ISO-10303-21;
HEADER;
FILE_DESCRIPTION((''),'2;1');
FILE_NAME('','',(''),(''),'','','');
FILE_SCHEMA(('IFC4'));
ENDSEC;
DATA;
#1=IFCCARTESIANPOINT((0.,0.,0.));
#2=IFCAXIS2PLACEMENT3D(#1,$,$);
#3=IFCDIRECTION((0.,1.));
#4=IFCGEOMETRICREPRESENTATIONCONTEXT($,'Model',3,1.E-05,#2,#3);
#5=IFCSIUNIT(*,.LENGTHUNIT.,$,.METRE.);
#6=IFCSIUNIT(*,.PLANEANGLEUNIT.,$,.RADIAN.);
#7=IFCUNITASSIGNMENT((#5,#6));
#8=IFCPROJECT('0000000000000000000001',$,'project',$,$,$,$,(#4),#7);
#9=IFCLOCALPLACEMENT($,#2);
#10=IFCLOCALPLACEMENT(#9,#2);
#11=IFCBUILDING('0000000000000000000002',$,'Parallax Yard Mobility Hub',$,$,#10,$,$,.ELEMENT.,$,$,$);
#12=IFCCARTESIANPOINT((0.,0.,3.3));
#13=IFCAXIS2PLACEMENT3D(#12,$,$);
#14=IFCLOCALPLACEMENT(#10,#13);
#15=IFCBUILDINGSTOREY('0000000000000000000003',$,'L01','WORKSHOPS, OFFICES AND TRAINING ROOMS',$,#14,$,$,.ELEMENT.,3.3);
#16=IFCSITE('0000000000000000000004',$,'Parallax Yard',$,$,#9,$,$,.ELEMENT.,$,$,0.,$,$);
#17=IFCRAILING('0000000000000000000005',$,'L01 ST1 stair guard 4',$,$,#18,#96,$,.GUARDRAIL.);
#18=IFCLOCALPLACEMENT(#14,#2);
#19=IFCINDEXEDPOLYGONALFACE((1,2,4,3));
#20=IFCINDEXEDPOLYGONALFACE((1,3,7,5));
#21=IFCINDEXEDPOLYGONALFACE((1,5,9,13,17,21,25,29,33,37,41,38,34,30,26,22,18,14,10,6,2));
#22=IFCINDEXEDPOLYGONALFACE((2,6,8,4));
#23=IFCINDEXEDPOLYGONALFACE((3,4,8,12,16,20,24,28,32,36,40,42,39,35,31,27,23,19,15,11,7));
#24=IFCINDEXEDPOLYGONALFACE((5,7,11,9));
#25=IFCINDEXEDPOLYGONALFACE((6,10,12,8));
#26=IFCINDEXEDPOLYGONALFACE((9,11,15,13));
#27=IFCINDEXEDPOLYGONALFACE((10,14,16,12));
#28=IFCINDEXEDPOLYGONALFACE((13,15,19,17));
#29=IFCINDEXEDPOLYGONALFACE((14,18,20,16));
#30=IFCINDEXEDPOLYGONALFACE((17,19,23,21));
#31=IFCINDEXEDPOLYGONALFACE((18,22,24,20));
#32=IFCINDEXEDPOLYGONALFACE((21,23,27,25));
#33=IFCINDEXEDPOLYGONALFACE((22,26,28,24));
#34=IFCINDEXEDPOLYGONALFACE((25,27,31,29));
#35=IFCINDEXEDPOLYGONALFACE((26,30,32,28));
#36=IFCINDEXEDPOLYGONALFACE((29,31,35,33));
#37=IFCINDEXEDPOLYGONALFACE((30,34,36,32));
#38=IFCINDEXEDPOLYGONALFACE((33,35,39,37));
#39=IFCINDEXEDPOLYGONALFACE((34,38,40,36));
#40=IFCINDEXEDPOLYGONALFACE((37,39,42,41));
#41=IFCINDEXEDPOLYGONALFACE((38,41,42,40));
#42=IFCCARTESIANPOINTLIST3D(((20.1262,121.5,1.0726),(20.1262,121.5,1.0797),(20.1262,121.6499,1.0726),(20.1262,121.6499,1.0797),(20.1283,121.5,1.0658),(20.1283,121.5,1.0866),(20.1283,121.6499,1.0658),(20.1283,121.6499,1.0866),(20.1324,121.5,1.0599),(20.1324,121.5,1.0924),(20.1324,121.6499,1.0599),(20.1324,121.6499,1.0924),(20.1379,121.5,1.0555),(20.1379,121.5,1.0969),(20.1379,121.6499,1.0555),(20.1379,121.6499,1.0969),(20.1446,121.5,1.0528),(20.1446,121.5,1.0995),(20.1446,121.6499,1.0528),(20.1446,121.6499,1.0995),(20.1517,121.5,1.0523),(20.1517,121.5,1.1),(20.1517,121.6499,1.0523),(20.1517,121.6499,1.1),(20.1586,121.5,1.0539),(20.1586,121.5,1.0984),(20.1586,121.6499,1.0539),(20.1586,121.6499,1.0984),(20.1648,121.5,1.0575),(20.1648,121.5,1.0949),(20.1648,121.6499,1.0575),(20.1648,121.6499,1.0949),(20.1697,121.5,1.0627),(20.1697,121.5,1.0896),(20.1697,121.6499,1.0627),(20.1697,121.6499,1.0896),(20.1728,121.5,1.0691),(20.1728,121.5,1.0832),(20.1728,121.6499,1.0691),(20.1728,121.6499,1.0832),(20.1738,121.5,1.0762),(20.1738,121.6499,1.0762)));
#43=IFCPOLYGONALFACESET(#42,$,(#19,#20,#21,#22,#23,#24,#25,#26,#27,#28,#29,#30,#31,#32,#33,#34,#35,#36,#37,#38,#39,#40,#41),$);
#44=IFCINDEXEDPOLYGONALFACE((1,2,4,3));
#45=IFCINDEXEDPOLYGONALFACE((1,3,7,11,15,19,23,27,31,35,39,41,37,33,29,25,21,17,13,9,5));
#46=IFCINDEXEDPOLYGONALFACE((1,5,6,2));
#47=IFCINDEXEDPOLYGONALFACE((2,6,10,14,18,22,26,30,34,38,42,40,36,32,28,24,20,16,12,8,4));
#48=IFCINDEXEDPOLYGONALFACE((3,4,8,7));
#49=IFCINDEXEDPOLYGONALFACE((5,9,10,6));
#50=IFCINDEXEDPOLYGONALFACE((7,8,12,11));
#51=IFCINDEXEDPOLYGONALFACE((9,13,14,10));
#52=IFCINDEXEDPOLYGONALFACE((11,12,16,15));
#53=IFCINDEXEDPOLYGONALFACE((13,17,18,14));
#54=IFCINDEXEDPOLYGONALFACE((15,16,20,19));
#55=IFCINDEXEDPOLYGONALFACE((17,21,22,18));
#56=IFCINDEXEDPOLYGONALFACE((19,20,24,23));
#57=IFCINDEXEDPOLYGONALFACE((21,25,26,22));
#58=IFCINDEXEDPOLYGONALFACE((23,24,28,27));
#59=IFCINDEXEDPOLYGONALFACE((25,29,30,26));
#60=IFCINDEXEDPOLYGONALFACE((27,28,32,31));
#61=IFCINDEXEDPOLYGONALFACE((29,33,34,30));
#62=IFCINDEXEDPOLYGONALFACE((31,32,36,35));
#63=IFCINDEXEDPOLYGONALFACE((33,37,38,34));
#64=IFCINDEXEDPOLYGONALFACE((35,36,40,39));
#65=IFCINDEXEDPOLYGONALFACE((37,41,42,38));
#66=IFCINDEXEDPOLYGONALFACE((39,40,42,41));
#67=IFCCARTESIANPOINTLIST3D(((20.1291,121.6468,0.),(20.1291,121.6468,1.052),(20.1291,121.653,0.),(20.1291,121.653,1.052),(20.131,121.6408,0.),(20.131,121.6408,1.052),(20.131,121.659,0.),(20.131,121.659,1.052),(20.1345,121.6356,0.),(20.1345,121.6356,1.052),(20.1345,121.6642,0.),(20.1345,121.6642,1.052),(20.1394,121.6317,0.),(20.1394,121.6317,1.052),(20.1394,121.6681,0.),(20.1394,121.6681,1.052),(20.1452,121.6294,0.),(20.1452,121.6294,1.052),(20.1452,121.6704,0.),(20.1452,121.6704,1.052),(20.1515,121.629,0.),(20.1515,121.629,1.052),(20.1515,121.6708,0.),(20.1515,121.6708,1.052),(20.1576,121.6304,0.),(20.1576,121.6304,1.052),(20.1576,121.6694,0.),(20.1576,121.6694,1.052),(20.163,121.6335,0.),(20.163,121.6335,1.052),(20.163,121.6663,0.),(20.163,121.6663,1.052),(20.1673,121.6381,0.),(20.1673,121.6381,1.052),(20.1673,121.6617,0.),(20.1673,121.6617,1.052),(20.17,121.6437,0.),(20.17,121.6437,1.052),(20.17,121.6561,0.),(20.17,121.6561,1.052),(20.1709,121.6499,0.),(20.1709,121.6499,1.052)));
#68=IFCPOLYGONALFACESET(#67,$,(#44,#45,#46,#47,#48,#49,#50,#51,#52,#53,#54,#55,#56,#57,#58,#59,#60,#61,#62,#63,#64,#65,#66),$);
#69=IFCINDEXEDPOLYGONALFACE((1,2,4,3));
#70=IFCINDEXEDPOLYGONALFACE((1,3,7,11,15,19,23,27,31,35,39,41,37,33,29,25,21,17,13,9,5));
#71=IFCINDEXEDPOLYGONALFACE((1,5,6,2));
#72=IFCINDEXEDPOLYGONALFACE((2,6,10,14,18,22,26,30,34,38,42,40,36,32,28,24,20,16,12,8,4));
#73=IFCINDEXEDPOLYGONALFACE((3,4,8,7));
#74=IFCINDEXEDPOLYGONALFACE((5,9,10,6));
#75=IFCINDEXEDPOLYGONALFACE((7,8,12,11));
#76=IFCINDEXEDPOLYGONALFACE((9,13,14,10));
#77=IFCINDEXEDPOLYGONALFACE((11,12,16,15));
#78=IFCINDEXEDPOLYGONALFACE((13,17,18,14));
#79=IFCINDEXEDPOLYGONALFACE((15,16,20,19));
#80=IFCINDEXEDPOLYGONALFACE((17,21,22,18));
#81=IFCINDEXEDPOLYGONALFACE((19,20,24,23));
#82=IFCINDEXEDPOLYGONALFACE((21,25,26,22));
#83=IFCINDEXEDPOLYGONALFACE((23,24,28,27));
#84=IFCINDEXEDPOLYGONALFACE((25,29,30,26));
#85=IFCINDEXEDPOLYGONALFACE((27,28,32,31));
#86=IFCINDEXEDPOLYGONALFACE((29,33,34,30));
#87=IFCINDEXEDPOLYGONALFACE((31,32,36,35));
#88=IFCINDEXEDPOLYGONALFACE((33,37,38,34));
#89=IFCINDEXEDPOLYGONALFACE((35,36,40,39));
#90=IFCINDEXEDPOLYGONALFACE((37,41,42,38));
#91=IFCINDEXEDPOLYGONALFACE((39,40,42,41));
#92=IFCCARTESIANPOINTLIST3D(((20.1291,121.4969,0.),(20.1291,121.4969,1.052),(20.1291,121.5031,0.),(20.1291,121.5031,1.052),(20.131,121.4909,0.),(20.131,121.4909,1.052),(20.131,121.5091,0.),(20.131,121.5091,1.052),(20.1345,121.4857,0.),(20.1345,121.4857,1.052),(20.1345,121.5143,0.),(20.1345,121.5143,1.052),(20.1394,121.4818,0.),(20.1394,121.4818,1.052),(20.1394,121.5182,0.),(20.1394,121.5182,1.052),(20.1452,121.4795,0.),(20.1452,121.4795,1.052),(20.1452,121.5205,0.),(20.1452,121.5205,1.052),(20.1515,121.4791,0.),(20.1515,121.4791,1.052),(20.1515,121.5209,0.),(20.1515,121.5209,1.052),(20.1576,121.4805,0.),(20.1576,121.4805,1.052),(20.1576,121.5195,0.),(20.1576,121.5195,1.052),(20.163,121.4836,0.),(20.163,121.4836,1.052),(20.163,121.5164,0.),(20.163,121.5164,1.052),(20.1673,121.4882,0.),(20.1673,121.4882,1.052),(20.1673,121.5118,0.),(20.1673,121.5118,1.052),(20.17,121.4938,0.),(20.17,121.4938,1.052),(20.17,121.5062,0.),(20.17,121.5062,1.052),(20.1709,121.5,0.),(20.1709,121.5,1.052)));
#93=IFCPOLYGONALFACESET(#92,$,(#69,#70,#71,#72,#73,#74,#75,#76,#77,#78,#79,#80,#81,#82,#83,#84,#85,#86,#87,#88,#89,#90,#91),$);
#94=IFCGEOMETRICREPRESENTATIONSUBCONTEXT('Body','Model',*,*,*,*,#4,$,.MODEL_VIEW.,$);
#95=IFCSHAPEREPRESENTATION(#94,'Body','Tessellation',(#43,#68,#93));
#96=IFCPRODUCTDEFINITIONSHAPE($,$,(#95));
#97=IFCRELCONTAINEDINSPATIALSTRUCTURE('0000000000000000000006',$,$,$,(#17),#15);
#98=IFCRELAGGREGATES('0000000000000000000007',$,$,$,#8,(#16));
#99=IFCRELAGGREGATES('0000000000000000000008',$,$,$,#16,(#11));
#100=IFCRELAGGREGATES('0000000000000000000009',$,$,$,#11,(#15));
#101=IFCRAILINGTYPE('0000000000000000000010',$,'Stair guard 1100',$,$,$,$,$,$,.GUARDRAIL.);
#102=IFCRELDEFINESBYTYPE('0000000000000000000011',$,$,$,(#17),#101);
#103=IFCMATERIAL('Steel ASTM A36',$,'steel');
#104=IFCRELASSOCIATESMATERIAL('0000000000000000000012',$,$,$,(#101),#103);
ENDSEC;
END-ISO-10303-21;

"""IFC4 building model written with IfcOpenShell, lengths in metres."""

from ifc_helpers import new_model, si_unit, direction, frame, origin, origin_2d, place, context, subcontext, project, spatial, circle, extrude, material, type_object, element, save


model = new_model("IFC4")

# Units and contexts
model_context = context("Model", 3, precision=1e-05, world=origin(), true_north=direction((0.0, 1.0)))
body_context = subcontext(model_context, "Body", "Model", "MODEL_VIEW")
ifc_project = project(units=[si_unit("LENGTHUNIT", "METRE"), si_unit("PLANEANGLEUNIT", "RADIAN")], contexts=[model_context])

# Site, building, storey
site_placement = place(None, origin())
site = spatial("IfcSite", under=ifc_project, at=site_placement, Name="Parallax Yard", CompositionType="ELEMENT", RefElevation=0.0)
building_placement = place(site_placement, origin())
building = spatial("IfcBuilding", under=site, at=building_placement, Name="Parallax Yard Mobility Hub", CompositionType="ELEMENT")
storey_placement = place(building_placement, frame((0.0, 0.0, 3.3)))
storey = spatial("IfcBuildingStorey", under=building, at=storey_placement, Name="L01", Description="WORKSHOPS, OFFICES AND TRAINING ROOMS", CompositionType="ELEMENT", Elevation=3.3)

# Railing
ifc_material_1 = material(Name="Steel ASTM A36", Category="steel")
railing_type_1 = type_object("IfcRailingType", Name="Stair guard 1100", PredefinedType="GUARDRAIL", material=ifc_material_1)
railing_1_placement = place(storey_placement, frame((20.1499, 121.6499, 0.0)))
element("IfcRailing", 1, at=railing_1_placement, inside=storey, type_object=railing_type_1, Name="L01 ST1 stair guard 4", PredefinedType="GUARDRAIL", context=body_context, shape_type="SweptSolid", body=[
    extrude(circle(Radius=0.0239, at=origin_2d()), frame((0.0, 0.0, 1.0762), z_axis=(0.0, -1.0, 0.0), x_axis=(1.0, 0.0, 0.0)), (0.0, 0.0, 1.0), 0.1499),
    extrude(circle(Radius=0.021, at=origin_2d()), origin(), (0.0, 0.0, 1.0), 1.052),
    extrude(circle(Radius=0.021, at=origin_2d()), frame((0.0, -0.1499, 0.0)), (0.0, 0.0, 1.0), 1.052),
])

save(model, "model.ifc")
